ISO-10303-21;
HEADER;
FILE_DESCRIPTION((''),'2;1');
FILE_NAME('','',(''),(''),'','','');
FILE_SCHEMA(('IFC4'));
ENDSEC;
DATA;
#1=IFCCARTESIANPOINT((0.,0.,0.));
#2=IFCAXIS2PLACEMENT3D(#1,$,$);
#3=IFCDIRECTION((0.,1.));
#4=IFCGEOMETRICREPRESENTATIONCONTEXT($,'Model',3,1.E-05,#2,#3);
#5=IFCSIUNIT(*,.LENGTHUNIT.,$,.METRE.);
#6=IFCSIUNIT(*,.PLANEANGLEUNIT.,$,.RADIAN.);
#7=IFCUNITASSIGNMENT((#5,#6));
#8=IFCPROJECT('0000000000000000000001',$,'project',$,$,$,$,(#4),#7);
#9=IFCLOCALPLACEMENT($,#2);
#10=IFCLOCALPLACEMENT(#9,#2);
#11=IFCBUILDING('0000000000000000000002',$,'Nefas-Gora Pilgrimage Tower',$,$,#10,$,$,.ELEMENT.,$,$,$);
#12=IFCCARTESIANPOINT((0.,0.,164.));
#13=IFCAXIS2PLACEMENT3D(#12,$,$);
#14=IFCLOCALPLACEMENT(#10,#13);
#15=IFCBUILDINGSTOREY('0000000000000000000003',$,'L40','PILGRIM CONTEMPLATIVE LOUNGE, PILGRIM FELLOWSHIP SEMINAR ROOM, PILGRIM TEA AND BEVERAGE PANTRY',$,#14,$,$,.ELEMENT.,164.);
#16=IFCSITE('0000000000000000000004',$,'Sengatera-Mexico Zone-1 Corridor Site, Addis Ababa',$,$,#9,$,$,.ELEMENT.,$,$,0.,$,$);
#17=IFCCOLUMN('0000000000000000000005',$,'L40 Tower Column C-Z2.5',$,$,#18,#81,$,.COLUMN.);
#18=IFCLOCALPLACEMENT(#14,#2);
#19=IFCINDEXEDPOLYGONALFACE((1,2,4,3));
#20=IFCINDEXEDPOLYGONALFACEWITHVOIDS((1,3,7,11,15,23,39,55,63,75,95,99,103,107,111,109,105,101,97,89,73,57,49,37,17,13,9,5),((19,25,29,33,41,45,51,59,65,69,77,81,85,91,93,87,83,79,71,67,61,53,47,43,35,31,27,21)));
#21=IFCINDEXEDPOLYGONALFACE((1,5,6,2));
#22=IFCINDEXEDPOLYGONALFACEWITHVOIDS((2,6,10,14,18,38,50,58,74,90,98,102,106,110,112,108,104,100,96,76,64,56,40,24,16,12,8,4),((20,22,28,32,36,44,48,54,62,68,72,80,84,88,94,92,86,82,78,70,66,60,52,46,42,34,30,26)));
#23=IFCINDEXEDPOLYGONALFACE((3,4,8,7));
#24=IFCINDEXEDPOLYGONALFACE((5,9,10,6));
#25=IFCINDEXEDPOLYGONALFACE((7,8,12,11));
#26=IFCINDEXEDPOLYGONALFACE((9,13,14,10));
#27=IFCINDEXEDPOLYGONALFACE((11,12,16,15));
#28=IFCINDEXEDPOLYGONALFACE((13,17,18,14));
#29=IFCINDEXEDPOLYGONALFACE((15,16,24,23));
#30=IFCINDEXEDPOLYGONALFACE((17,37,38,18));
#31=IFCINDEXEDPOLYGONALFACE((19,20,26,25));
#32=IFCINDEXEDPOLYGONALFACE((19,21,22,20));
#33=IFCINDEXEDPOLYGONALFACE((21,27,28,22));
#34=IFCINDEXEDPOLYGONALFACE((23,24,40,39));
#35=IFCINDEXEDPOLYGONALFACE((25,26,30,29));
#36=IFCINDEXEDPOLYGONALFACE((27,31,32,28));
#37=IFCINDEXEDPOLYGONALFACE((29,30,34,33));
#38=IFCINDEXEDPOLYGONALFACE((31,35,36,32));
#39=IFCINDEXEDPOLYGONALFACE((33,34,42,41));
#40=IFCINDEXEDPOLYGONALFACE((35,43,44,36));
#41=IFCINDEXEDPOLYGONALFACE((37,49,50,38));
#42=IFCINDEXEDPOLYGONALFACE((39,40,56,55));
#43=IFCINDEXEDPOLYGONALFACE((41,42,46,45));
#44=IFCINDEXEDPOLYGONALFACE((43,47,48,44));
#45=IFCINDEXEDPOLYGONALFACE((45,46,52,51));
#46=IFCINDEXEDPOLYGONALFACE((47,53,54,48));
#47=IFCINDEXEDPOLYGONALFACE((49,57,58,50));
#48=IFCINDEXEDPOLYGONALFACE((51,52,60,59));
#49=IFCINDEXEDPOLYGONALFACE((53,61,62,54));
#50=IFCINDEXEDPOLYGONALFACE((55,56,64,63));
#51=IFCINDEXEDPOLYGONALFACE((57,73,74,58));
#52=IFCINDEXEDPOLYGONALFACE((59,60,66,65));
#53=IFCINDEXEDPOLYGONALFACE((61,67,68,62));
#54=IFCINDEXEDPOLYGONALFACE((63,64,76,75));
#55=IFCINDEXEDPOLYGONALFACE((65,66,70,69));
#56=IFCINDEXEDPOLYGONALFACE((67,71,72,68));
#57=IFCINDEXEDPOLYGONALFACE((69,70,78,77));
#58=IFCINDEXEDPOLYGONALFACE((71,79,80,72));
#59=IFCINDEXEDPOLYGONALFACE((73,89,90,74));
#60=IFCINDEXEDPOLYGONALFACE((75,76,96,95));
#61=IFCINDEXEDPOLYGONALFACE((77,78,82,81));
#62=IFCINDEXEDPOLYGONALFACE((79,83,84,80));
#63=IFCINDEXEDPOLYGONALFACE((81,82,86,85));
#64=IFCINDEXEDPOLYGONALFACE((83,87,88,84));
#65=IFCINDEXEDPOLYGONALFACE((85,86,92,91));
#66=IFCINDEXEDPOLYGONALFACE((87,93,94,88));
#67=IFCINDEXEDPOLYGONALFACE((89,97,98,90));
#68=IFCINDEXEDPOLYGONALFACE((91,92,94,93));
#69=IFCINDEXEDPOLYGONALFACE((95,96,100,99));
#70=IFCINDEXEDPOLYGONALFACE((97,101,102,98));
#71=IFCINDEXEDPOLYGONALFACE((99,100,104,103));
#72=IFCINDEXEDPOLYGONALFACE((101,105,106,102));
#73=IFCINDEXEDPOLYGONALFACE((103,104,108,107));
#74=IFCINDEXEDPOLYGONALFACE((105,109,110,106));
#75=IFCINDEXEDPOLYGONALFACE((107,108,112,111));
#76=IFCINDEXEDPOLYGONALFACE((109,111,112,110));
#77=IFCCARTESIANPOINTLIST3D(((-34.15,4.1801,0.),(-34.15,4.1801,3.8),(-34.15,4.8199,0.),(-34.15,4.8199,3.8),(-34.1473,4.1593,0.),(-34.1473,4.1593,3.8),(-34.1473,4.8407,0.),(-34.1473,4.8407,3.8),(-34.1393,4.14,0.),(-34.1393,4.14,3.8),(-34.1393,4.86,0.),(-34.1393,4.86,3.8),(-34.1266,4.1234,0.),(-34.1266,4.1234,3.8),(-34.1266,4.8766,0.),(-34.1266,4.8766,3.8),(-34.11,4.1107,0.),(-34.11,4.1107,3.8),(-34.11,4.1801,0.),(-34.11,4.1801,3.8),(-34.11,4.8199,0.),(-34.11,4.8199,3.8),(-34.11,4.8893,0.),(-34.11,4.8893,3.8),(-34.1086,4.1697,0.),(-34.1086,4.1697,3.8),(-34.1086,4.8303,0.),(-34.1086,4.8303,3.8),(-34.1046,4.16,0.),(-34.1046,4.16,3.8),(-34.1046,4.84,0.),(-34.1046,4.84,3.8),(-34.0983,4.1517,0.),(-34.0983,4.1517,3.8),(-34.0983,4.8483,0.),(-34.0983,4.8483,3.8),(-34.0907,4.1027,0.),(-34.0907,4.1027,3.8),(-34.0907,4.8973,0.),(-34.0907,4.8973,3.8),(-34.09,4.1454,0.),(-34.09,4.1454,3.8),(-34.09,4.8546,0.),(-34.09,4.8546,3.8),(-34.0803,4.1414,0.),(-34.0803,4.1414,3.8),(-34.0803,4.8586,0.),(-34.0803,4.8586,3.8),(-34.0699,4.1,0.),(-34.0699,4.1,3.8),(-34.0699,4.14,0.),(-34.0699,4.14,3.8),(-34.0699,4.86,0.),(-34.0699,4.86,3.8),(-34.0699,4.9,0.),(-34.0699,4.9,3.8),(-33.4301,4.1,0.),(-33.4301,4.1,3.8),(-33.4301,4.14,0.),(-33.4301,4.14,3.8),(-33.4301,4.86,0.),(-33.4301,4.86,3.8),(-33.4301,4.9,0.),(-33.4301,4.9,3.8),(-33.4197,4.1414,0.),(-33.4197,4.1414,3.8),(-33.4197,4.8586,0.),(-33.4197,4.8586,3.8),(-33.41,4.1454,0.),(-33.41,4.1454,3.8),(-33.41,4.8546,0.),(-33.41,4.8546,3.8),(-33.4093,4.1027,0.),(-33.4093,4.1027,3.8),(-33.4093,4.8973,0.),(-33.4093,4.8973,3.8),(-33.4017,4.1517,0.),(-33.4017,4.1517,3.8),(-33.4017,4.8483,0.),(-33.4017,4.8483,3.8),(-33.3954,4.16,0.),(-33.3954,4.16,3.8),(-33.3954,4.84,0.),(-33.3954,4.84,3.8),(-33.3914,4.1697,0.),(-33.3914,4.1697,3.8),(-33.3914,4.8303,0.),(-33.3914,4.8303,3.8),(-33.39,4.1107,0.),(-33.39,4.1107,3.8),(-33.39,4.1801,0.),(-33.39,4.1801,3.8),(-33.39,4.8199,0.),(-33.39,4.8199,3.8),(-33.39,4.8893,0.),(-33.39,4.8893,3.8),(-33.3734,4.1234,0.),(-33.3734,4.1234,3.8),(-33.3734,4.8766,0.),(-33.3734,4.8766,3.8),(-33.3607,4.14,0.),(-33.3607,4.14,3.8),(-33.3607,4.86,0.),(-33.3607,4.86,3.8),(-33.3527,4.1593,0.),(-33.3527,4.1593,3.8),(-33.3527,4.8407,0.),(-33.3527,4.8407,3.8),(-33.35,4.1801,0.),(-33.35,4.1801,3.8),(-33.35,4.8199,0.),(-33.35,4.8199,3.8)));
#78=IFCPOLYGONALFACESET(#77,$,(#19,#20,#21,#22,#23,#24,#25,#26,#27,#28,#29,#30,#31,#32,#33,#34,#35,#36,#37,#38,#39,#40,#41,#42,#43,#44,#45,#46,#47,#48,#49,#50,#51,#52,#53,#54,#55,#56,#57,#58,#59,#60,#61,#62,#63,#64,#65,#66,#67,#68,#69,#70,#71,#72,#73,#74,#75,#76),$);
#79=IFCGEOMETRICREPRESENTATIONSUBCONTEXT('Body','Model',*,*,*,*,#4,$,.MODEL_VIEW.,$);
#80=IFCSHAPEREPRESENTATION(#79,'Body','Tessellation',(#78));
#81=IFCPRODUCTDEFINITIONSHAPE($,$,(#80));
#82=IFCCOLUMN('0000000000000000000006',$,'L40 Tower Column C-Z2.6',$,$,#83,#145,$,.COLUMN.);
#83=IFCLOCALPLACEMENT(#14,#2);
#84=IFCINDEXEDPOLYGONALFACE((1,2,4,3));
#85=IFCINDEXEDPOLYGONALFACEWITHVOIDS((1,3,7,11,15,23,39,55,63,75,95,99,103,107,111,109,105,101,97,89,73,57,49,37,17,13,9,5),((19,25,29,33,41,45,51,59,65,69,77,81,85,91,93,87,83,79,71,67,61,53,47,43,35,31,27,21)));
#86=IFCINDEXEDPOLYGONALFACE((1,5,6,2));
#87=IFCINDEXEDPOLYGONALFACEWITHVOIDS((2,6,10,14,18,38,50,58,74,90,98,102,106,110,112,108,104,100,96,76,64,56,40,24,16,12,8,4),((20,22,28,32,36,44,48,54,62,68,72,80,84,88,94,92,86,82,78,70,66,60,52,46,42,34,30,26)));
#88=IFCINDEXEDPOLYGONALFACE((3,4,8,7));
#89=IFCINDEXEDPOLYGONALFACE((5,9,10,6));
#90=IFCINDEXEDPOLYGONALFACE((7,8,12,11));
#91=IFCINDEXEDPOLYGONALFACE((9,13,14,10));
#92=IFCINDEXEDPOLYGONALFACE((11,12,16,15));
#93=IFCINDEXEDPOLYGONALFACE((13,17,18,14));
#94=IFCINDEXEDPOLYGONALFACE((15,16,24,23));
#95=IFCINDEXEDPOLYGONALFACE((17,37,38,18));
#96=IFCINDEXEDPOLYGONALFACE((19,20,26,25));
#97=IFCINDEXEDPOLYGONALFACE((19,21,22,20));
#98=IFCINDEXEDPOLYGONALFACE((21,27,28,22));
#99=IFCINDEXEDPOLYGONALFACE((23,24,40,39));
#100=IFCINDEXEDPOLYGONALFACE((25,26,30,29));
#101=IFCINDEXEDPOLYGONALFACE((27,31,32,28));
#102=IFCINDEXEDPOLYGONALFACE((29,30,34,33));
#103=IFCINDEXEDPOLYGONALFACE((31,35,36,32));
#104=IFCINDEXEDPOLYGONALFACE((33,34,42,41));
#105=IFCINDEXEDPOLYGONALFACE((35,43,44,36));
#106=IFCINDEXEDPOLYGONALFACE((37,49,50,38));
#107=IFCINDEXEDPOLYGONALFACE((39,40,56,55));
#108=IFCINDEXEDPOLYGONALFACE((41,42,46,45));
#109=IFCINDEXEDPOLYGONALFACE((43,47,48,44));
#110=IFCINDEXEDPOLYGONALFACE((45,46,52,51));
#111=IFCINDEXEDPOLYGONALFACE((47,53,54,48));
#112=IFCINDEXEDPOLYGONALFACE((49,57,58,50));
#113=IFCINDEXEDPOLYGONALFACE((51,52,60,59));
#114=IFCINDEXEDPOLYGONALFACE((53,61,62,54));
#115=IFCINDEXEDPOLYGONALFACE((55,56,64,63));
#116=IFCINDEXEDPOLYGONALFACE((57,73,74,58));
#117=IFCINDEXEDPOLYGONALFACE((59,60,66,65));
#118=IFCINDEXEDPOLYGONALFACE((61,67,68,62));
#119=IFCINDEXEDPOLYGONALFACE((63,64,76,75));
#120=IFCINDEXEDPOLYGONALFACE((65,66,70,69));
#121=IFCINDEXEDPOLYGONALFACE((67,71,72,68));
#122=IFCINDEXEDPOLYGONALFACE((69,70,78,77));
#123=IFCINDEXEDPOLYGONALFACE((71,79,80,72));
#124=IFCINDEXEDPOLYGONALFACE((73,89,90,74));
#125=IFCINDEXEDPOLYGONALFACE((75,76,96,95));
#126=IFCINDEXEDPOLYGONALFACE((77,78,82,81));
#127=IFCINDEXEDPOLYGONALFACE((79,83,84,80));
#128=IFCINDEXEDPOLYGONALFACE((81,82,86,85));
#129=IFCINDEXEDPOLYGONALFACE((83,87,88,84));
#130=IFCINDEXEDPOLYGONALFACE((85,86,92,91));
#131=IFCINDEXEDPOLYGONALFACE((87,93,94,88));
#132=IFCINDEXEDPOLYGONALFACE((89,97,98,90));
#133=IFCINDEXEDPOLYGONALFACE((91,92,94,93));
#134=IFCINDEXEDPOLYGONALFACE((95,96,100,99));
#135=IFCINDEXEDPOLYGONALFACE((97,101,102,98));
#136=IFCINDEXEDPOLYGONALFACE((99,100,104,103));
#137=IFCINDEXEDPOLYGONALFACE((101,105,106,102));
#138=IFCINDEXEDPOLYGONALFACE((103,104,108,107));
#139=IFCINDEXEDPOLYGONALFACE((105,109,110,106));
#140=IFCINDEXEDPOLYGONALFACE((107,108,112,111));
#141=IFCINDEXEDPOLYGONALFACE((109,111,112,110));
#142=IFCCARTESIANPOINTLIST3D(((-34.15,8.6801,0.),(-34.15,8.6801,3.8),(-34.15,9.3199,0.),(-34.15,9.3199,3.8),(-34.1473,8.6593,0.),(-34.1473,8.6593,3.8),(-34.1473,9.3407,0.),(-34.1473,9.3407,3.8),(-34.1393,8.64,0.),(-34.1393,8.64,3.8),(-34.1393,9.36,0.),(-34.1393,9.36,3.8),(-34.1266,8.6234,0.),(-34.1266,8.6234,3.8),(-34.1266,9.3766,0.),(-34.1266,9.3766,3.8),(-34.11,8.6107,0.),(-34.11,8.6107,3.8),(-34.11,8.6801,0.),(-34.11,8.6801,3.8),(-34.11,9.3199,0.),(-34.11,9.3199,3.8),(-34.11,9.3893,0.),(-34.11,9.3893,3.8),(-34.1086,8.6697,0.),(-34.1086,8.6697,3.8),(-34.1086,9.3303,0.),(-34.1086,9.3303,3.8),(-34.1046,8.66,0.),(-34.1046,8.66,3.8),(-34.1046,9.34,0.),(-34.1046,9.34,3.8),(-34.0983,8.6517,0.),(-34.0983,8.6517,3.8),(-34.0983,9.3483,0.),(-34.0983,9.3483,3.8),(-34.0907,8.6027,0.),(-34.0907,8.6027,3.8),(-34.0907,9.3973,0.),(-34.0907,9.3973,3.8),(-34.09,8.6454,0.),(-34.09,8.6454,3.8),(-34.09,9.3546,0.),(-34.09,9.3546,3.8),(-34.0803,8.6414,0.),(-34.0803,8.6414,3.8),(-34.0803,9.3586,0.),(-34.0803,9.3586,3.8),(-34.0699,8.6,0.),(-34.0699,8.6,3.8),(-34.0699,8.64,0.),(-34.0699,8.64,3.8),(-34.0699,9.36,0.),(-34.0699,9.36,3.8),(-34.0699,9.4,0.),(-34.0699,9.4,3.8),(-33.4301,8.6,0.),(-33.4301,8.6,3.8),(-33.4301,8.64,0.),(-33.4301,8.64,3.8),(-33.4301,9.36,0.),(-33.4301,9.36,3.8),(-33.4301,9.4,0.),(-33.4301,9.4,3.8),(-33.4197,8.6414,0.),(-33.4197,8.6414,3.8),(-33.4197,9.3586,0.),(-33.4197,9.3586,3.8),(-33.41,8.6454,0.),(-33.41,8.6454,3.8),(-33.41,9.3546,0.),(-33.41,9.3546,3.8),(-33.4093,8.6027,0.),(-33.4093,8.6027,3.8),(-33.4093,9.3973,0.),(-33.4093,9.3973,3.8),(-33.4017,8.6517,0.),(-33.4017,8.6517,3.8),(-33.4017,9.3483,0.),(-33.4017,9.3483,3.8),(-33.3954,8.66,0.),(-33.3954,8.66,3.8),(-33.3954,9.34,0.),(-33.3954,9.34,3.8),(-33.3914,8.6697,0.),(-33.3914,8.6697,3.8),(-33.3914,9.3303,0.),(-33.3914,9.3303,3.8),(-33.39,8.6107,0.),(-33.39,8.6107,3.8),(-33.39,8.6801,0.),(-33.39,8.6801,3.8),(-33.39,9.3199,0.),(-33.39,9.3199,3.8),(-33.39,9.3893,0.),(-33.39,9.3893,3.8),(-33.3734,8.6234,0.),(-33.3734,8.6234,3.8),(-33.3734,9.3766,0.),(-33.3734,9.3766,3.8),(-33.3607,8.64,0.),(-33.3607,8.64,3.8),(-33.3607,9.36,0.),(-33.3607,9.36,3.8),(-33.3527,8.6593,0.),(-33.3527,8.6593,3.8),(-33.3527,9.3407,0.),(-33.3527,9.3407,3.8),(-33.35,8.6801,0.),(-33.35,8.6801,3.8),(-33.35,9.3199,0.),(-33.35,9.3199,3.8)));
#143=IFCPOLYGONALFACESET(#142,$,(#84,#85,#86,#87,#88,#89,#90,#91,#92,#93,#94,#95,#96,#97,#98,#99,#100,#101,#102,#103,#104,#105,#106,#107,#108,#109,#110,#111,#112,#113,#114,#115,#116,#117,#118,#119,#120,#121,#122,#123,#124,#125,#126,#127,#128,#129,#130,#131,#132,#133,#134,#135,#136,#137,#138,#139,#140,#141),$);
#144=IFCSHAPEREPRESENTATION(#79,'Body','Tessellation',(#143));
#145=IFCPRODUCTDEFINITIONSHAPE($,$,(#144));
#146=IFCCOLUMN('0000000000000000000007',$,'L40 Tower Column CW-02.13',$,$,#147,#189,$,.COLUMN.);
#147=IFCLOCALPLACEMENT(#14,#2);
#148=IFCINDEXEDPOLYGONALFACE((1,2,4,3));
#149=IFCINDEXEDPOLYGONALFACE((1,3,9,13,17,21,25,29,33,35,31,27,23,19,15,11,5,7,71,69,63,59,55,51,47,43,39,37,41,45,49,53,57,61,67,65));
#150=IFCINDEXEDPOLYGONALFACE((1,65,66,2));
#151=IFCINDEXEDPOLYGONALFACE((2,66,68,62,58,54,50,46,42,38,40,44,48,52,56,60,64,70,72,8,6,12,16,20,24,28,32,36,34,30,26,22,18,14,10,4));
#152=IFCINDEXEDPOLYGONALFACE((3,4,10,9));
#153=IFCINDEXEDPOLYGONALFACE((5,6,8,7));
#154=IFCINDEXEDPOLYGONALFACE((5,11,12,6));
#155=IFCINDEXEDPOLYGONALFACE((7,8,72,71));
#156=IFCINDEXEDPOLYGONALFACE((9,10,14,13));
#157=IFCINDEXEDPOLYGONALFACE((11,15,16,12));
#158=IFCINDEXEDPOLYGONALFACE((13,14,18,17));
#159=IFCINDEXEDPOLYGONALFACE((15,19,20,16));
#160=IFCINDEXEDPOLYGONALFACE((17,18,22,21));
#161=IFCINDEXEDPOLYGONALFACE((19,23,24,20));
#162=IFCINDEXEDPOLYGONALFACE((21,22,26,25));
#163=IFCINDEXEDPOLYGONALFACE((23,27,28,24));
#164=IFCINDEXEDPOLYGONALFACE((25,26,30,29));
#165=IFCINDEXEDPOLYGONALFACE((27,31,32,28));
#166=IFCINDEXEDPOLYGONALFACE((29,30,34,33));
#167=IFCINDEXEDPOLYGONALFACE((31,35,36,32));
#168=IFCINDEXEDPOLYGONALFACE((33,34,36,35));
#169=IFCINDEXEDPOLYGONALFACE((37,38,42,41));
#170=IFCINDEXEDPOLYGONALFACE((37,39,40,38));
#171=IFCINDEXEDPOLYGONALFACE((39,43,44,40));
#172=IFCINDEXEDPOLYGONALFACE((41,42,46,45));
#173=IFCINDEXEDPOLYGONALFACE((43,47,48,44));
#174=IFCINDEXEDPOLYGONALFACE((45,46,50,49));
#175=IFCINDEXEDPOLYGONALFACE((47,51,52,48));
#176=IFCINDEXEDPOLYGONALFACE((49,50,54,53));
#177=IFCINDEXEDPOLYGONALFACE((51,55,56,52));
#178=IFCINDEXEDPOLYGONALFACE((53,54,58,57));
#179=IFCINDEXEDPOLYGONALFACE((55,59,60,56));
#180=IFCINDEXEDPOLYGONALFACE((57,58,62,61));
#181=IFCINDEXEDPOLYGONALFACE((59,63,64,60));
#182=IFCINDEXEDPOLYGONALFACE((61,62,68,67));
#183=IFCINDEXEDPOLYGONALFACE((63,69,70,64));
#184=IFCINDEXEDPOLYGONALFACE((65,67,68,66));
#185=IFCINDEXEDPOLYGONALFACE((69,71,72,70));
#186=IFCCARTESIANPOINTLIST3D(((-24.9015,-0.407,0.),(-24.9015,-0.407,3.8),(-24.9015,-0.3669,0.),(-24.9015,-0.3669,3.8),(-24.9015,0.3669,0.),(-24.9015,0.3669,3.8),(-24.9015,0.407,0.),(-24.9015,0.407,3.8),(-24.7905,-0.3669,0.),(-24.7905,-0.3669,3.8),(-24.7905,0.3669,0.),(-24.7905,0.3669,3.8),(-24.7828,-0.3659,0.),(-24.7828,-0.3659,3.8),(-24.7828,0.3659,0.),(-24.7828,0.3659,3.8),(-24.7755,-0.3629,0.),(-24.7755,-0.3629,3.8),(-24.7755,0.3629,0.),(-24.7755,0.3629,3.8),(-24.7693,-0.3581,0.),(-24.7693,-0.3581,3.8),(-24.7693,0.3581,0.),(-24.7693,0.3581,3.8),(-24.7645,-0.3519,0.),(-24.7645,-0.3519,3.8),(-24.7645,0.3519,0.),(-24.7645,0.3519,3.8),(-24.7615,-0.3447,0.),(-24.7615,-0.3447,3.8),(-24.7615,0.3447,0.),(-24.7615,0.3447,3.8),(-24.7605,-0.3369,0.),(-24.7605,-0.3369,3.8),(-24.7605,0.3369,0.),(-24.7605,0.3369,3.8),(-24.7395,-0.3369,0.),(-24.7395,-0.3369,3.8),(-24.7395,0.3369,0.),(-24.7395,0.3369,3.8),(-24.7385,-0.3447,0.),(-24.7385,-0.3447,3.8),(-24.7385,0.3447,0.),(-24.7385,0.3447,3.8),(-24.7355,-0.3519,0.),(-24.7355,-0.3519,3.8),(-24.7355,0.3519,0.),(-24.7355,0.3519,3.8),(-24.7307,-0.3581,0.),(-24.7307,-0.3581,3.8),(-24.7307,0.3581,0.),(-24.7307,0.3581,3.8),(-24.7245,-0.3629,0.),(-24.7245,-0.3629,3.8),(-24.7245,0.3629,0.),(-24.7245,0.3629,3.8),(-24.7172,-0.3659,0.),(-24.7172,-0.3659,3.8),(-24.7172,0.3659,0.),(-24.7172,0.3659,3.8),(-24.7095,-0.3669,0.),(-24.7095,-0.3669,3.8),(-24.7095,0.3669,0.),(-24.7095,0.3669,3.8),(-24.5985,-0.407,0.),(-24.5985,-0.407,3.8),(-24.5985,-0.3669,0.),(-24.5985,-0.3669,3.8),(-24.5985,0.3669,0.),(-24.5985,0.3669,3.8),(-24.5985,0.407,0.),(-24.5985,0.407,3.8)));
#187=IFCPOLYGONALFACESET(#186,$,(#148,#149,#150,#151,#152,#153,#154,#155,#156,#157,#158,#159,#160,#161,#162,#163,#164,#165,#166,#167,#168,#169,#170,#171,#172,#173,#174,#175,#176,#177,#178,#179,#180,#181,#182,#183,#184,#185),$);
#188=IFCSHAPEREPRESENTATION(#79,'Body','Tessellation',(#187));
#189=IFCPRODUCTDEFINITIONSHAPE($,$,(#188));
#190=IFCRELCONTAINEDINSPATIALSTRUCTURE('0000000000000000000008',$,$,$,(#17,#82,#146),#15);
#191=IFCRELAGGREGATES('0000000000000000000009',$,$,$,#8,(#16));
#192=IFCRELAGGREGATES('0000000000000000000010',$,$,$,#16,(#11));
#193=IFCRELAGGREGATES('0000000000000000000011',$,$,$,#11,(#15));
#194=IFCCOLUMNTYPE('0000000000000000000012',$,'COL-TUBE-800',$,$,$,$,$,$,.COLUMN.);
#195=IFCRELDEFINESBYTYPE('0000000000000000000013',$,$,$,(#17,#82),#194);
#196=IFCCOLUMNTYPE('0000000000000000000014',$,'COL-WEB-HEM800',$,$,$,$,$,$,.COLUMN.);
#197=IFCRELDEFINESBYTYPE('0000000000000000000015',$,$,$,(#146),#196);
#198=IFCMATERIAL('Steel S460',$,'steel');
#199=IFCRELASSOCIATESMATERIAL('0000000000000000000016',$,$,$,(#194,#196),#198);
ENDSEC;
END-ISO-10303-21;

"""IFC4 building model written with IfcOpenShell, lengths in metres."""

from ifc_helpers import new_model, si_unit, direction, frame, origin, origin_2d, place, context, subcontext, project, spatial, hollow_rectangle, i_section, extrude, source, transform, mapped, material, material_profile, profile_set, type_object, element, save


model = new_model("IFC4")

# Units and contexts
model_context = context("Model", 3, precision=1e-05, world=origin(), true_north=direction((0.0, 1.0)))
body_context = subcontext(model_context, "Body", "Model", "MODEL_VIEW")
ifc_project = project(units=[si_unit("LENGTHUNIT", "METRE"), si_unit("PLANEANGLEUNIT", "RADIAN")], contexts=[model_context])

# Site, building, storey
site_placement = place(None, origin())
site = spatial("IfcSite", under=ifc_project, at=site_placement, Name="Sengatera-Mexico Zone-1 Corridor Site, Addis Ababa", CompositionType="ELEMENT", RefElevation=0.0)
building_placement = place(site_placement, origin())
building = spatial("IfcBuilding", under=site, at=building_placement, Name="Nefas-Gora Pilgrimage Tower", CompositionType="ELEMENT")
storey_placement = place(building_placement, frame((0.0, 0.0, 164.0)))
storey = spatial("IfcBuildingStorey", under=building, at=storey_placement, Name="L40", Description="PILGRIM CONTEMPLATIVE LOUNGE, PILGRIM FELLOWSHIP SEMINAR ROOM, PILGRIM TEA AND BEVERAGE PANTRY", CompositionType="ELEMENT", Elevation=164.0)

# Columns
ifc_material_1 = material(Name="Steel S460", Category="steel")
ifc_material_profile_1 = material_profile(ifc_material_1, hollow_rectangle(XDim=0.8, YDim=0.8, WallThickness=0.04, InnerFilletRadius=0.04, OuterFilletRadius=0.0801, at=origin_2d()), Name="BOX 800x800x40")
ifc_profile_set_1 = profile_set([ifc_material_profile_1], Name="Steel S460")
column_type_1 = type_object("IfcColumnType", Name="COL-TUBE-800", PredefinedType="COLUMN", material=ifc_profile_set_1)
shared_shape_1 = source(origin(), body_context, "Body", "SweptSolid", [
    extrude(hollow_rectangle(XDim=0.8, YDim=0.8, WallThickness=0.04, InnerFilletRadius=0.04, OuterFilletRadius=0.0801, at=origin_2d()), origin(), (0.0, 0.0, 1.0), 3.8),
])
for number, where, z_axis, x_axis, name in (
    (1, (-33.75, 4.5, 0.0), (0.0, 0.0, 1.0), (1.0, 0.0, 0.0), "L40 Tower Column C-Z2.5"),
    (2, (-33.75, 9.0, 0.0), (0.0, 0.0, 1.0), (1.0, 0.0, 0.0), "L40 Tower Column C-Z2.6"),
):
    element("IfcColumn", number, at=place(storey_placement, frame(where, z_axis=z_axis, x_axis=x_axis)), inside=storey, type_object=column_type_1, Name=name, PredefinedType="COLUMN", context=body_context, shape_type="MappedRepresentation", body=[
        mapped(shared_shape_1, transform((0.0, 0.0, 0.0), x_axis=(1.0, 0.0, 0.0), y_axis=(0.0, 1.0, 0.0), z_axis=(0.0, 0.0, 1.0), scale=1.0)),
    ])
ifc_material_profile_2 = material_profile(ifc_material_1, i_section(OverallWidth=0.303, OverallDepth=0.814, WebThickness=0.021, FlangeThickness=0.04, FilletRadius=0.03, at=origin_2d()), Name="HEM 800")
ifc_profile_set_2 = profile_set([ifc_material_profile_2], Name="Steel S460")
column_type_2 = type_object("IfcColumnType", Name="COL-WEB-HEM800", PredefinedType="COLUMN", material=ifc_profile_set_2)
shared_shape_2 = source(origin(), body_context, "Body", "SweptSolid", [
    extrude(i_section(OverallWidth=0.303, OverallDepth=0.814, WebThickness=0.021, FlangeThickness=0.04, FilletRadius=0.03, at=origin_2d()), origin(), (0.0, 0.0, 1.0), 3.8),
])
for number, where, z_axis, x_axis, name in (
    (3, (-24.75, 0.0, 0.0), (0.0, 0.0, 1.0), (1.0, 0.0, 0.0), "L40 Tower Column CW-02.13"),
):
    element("IfcColumn", number, at=place(storey_placement, frame(where, z_axis=z_axis, x_axis=x_axis)), inside=storey, type_object=column_type_2, Name=name, PredefinedType="COLUMN", context=body_context, shape_type="MappedRepresentation", body=[
        mapped(shared_shape_2, transform((0.0, 0.0, 0.0), x_axis=(1.0, 0.0, 0.0), y_axis=(0.0, 1.0, 0.0), z_axis=(0.0, 0.0, 1.0), scale=1.0)),
    ])

save(model, "model.ifc")
